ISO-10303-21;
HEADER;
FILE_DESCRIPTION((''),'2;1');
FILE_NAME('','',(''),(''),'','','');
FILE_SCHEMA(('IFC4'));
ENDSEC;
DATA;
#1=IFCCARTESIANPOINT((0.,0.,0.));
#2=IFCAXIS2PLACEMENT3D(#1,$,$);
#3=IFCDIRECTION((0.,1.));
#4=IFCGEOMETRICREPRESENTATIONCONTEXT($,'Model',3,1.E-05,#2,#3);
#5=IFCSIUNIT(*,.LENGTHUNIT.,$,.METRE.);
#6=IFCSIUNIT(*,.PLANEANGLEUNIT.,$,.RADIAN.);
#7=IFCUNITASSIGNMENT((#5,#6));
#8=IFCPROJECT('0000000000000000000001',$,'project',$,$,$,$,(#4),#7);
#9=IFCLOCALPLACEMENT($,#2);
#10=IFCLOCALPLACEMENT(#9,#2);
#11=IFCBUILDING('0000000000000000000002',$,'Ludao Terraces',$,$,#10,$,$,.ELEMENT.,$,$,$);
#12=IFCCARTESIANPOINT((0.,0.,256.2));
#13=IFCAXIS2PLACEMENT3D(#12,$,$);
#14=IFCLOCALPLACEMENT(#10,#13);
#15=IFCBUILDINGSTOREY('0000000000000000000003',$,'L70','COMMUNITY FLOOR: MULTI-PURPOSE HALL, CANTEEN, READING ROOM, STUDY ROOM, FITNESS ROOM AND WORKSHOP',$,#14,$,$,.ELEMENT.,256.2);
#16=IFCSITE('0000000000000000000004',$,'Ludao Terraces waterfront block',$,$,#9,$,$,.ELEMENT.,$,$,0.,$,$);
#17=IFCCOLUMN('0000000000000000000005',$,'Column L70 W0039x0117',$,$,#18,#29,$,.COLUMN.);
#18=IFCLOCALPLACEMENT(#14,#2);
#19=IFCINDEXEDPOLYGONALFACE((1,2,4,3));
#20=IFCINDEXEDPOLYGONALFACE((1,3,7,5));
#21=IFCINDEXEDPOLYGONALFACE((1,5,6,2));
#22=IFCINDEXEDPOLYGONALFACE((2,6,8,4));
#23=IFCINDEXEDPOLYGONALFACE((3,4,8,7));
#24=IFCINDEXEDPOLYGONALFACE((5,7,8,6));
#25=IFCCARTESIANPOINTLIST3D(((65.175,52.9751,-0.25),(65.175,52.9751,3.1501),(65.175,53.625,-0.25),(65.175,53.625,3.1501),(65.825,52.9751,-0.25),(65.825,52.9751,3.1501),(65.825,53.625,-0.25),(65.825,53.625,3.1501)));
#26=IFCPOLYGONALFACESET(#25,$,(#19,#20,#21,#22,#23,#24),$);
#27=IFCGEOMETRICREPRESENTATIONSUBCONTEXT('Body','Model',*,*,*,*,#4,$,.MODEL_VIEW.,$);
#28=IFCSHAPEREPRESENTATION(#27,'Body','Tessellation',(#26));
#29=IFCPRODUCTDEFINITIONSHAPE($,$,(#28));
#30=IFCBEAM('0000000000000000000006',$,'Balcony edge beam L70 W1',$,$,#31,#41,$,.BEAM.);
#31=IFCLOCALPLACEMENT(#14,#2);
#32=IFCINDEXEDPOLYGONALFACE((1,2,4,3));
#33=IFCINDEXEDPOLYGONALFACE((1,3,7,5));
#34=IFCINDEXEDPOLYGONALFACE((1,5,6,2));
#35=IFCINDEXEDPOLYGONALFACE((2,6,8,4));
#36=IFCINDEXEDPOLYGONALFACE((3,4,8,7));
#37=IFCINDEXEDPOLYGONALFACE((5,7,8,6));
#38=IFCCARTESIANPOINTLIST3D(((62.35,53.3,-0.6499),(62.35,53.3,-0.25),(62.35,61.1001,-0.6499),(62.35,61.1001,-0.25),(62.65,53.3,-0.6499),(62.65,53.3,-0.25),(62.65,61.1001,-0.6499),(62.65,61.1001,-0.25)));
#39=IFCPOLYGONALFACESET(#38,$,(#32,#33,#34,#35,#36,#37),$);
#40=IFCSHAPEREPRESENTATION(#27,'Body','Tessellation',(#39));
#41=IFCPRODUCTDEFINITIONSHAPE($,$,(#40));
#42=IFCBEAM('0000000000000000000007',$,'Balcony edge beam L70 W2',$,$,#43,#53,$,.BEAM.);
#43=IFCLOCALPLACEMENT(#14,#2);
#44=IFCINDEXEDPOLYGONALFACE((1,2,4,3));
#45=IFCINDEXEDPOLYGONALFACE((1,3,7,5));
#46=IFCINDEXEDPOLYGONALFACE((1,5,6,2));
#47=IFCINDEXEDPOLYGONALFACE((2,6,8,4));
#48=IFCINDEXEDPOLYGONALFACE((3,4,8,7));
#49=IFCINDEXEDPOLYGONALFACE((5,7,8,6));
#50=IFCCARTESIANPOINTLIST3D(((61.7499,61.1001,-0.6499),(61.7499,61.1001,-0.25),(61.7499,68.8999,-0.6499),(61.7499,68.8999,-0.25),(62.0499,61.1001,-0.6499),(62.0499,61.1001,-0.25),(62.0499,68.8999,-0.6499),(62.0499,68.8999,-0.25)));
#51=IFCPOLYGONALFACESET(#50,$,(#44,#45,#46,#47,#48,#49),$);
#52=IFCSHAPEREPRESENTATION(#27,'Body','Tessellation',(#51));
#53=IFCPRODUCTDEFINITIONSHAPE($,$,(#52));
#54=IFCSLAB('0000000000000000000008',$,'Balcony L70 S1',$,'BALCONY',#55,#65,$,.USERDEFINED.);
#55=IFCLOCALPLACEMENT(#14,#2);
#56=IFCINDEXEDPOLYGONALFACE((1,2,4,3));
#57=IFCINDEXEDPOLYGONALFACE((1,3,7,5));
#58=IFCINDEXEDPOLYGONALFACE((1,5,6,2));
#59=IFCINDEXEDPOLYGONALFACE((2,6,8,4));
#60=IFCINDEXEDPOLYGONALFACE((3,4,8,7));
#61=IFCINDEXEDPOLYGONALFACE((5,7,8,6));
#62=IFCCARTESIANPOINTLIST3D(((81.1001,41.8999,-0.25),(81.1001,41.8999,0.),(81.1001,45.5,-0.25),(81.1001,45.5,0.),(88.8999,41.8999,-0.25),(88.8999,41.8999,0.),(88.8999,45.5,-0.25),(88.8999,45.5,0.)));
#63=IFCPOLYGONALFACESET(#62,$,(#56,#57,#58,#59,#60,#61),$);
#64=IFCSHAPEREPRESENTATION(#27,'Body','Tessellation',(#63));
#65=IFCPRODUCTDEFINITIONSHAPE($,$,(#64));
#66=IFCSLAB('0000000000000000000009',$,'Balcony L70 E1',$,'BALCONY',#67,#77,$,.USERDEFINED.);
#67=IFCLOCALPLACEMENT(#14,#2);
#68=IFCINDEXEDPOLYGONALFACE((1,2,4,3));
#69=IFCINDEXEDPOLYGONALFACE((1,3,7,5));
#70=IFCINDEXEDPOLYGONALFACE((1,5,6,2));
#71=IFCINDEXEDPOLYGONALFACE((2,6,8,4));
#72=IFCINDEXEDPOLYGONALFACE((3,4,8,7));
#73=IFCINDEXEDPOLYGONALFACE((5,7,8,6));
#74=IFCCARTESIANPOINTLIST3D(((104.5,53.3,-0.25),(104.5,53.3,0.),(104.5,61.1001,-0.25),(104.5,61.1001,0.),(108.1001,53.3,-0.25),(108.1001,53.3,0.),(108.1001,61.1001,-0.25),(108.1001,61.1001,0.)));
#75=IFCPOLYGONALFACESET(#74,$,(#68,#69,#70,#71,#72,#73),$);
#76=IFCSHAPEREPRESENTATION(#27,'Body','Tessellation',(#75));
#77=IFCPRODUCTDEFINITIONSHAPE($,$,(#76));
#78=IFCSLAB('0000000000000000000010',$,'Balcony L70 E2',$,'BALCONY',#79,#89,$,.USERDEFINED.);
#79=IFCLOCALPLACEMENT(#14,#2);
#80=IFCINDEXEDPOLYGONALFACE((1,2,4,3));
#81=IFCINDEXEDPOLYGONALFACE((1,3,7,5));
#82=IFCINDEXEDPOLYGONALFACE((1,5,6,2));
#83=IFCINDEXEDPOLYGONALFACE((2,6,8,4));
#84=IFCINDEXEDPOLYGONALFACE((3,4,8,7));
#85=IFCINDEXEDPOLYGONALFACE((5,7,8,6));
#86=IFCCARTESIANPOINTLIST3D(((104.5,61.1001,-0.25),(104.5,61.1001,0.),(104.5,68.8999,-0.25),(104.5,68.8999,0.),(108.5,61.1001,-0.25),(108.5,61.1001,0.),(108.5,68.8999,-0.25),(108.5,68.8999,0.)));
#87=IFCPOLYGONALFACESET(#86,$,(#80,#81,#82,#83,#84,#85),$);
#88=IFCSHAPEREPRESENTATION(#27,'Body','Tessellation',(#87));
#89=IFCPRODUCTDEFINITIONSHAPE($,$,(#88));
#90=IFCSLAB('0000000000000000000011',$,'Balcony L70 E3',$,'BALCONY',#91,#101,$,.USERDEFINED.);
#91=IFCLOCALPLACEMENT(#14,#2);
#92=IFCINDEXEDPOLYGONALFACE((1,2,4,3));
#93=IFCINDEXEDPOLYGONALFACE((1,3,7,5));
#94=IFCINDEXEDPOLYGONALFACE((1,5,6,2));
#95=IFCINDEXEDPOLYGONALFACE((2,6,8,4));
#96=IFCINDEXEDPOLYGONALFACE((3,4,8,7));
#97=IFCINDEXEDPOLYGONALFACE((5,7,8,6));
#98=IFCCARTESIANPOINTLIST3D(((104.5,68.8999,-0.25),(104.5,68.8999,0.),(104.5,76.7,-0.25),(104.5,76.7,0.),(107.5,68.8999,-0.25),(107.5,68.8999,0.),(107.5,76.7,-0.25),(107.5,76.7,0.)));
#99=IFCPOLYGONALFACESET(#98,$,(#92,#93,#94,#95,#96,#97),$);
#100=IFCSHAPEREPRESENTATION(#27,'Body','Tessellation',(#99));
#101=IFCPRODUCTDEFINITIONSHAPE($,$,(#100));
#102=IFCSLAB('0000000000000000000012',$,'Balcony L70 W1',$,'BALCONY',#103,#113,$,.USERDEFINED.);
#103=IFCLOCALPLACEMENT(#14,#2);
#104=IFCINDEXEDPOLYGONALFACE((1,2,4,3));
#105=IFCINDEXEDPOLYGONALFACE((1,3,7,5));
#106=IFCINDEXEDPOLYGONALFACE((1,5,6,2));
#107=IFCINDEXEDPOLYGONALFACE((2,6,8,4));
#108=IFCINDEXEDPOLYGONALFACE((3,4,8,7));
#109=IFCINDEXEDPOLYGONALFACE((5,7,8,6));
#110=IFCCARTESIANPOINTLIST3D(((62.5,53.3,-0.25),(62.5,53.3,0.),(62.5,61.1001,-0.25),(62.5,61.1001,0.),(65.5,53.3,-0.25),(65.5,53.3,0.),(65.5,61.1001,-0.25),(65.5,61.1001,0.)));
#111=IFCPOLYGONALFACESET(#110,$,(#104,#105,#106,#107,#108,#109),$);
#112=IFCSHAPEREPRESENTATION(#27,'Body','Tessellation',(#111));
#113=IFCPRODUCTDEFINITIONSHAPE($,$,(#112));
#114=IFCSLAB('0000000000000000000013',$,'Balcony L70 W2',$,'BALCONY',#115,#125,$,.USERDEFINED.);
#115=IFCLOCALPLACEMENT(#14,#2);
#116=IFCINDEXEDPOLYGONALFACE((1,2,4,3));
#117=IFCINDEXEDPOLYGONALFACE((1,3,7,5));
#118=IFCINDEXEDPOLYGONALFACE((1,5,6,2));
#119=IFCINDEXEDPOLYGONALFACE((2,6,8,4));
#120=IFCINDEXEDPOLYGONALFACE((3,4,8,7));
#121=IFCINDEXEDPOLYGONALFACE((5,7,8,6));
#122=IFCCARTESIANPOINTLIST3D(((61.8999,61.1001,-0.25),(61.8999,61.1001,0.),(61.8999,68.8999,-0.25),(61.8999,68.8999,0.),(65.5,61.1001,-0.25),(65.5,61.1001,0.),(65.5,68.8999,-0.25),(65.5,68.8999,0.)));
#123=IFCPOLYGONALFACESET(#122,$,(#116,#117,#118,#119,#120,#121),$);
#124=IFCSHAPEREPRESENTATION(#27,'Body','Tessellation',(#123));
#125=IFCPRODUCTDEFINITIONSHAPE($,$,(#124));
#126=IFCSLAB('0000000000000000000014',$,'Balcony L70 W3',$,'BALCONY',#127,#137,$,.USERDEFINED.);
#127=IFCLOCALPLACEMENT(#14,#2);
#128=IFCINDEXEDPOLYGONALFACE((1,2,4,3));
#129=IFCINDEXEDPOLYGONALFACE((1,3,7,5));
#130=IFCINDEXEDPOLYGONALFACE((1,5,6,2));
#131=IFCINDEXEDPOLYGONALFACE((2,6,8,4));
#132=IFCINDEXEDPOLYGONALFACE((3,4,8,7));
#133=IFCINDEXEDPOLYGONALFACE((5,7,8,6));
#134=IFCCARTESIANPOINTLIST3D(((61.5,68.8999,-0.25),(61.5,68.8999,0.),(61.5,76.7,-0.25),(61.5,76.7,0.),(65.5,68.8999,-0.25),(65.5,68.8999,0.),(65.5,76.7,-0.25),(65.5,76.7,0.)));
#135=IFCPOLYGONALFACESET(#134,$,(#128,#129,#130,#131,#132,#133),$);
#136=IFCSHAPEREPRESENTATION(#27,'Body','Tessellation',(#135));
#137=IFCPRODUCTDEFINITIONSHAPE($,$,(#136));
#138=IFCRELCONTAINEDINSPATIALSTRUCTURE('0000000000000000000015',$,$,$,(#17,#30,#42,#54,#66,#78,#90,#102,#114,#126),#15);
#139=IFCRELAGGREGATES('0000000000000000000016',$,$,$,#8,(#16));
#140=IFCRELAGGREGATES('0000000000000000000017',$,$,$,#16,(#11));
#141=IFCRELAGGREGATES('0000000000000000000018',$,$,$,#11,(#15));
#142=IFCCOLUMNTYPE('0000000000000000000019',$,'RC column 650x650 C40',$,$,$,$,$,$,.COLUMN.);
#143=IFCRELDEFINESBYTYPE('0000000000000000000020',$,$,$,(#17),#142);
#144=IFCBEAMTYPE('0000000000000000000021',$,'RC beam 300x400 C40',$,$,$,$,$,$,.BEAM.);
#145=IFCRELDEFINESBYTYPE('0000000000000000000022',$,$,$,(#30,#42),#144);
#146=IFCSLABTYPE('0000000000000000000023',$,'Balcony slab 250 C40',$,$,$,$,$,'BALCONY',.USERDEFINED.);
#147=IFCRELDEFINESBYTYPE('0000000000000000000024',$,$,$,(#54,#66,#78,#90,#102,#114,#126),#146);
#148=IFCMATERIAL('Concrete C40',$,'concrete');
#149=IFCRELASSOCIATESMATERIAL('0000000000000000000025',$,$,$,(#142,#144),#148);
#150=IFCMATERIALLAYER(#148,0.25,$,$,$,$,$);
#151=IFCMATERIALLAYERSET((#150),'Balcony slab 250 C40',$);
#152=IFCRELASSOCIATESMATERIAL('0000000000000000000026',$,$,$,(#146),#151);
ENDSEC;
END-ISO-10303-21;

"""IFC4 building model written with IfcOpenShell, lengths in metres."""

from ifc_helpers import new_model, si_unit, direction, frame, origin, origin_2d, place, context, subcontext, project, spatial, polyline, rectangle, outline, extrude, material, layer, layer_set, material_profile, profile_set, type_object, element, save


model = new_model("IFC4")

# Units and contexts
model_context = context("Model", 3, precision=1e-05, world=origin(), true_north=direction((0.0, 1.0)))
body_context = subcontext(model_context, "Body", "Model", "MODEL_VIEW")
ifc_project = project(units=[si_unit("LENGTHUNIT", "METRE"), si_unit("PLANEANGLEUNIT", "RADIAN")], contexts=[model_context])

# Site, building, storey
site_placement = place(None, origin())
site = spatial("IfcSite", under=ifc_project, at=site_placement, Name="Ludao Terraces waterfront block", CompositionType="ELEMENT", RefElevation=0.0)
building_placement = place(site_placement, origin())
building = spatial("IfcBuilding", under=site, at=building_placement, Name="Ludao Terraces", CompositionType="ELEMENT")
storey_placement = place(building_placement, frame((0.0, 0.0, 256.2)))
storey = spatial("IfcBuildingStorey", under=building, at=storey_placement, Name="L70", Description="COMMUNITY FLOOR: MULTI-PURPOSE HALL, CANTEEN, READING ROOM, STUDY ROOM, FITNESS ROOM AND WORKSHOP", CompositionType="ELEMENT", Elevation=256.2)

# Column
ifc_material_1 = material(Name="Concrete C40", Category="concrete")
ifc_material_profile_1 = material_profile(ifc_material_1, rectangle(XDim=0.6499, YDim=0.6499, at=origin_2d()), Name="650 X 650")
ifc_profile_set_1 = profile_set([ifc_material_profile_1], Name="Concrete C40")
column_type = type_object("IfcColumnType", Name="RC column 650x650 C40", PredefinedType="COLUMN", material=ifc_profile_set_1)
column_placement = place(storey_placement, frame((65.5, 53.3, -0.25), z_axis=(0.0, 0.0, 1.0), x_axis=(1.0, 0.0, 0.0)))
element("IfcColumn", 1, at=column_placement, inside=storey, type_object=column_type, Name="Column L70 W0039x0117", PredefinedType="COLUMN", context=body_context, shape_type="SweptSolid", body=[
    extrude(rectangle(XDim=0.6499, YDim=0.6499, at=origin_2d()), origin(), (0.0, 0.0, 1.0), 3.4001),
])

# Beams
ifc_material_profile_2 = material_profile(ifc_material_1, rectangle(XDim=0.3, YDim=0.3999, at=origin_2d()), Name="300 X 400")
ifc_profile_set_2 = profile_set([ifc_material_profile_2], Name="Concrete C40")
beam_type = type_object("IfcBeamType", Name="RC beam 300x400 C40", PredefinedType="BEAM", material=ifc_profile_set_2)
beam_1_placement = place(storey_placement, frame((62.5, 53.3, -0.45), z_axis=(0.0, 1.0, 0.0), x_axis=(-1.0, 0.0, 0.0)))
element("IfcBeam", 2, at=beam_1_placement, inside=storey, type_object=beam_type, Name="Balcony edge beam L70 W1", PredefinedType="BEAM", context=body_context, shape_type="SweptSolid", body=[
    extrude(rectangle(XDim=0.3, YDim=0.3999, at=origin_2d()), origin(), (0.0, 0.0, 1.0), 7.8),
])
beam_2_placement = place(storey_placement, frame((61.8999, 61.1001, -0.45), z_axis=(0.0, 1.0, 0.0), x_axis=(-1.0, 0.0, 0.0)))
element("IfcBeam", 3, at=beam_2_placement, inside=storey, type_object=beam_type, Name="Balcony edge beam L70 W2", PredefinedType="BEAM", context=body_context, shape_type="SweptSolid", body=[
    extrude(rectangle(XDim=0.3, YDim=0.3999, at=origin_2d()), origin(), (0.0, 0.0, 1.0), 7.7998),
])

# Slabs
ifc_layer_1 = layer(ifc_material_1, 0.25)
ifc_layer_set_1 = layer_set([ifc_layer_1], Name="Balcony slab 250 C40")
slab_type_1 = type_object("IfcSlabType", Name="Balcony slab 250 C40", ElementType="BALCONY", PredefinedType="USERDEFINED", material=ifc_layer_set_1)
slab_1_placement = place(storey_placement, frame((0.0, 0.0, -0.25)))
element("IfcSlab", 4, at=slab_1_placement, inside=storey, type_object=slab_type_1, Name="Balcony L70 S1", ObjectType="BALCONY", PredefinedType="USERDEFINED", context=body_context, shape_type="SweptSolid", body=[
    extrude(outline(polyline([(81.1001, 41.8999), (88.8999, 41.8999), (88.8999, 45.5), (81.1001, 45.5), (81.1001, 41.8999)])), origin(), (0.0, 0.0, 1.0), 0.25),
])
slab_2_placement = place(storey_placement, frame((0.0, 0.0, -0.25)))
element("IfcSlab", 5, at=slab_2_placement, inside=storey, type_object=slab_type_1, Name="Balcony L70 E1", ObjectType="BALCONY", PredefinedType="USERDEFINED", context=body_context, shape_type="SweptSolid", body=[
    extrude(outline(polyline([(104.5, 53.3), (108.1001, 53.3), (108.1001, 61.1001), (104.5, 61.1001), (104.5, 53.3)])), origin(), (0.0, 0.0, 1.0), 0.25),
])
slab_3_placement = place(storey_placement, frame((0.0, 0.0, -0.25)))
element("IfcSlab", 6, at=slab_3_placement, inside=storey, type_object=slab_type_1, Name="Balcony L70 E2", ObjectType="BALCONY", PredefinedType="USERDEFINED", context=body_context, shape_type="SweptSolid", body=[
    extrude(outline(polyline([(104.5, 61.1001), (108.5, 61.1001), (108.5, 68.8999), (104.5, 68.8999), (104.5, 61.1001)])), origin(), (0.0, 0.0, 1.0), 0.25),
])
slab_4_placement = place(storey_placement, frame((0.0, 0.0, -0.25)))
element("IfcSlab", 7, at=slab_4_placement, inside=storey, type_object=slab_type_1, Name="Balcony L70 E3", ObjectType="BALCONY", PredefinedType="USERDEFINED", context=body_context, shape_type="SweptSolid", body=[
    extrude(outline(polyline([(104.5, 68.8999), (107.5, 68.8999), (107.5, 76.7), (104.5, 76.7), (104.5, 68.8999)])), origin(), (0.0, 0.0, 1.0), 0.25),
])
slab_5_placement = place(storey_placement, frame((0.0, 0.0, -0.25)))
element("IfcSlab", 8, at=slab_5_placement, inside=storey, type_object=slab_type_1, Name="Balcony L70 W1", ObjectType="BALCONY", PredefinedType="USERDEFINED", context=body_context, shape_type="SweptSolid", body=[
    extrude(outline(polyline([(62.5, 53.3), (65.5, 53.3), (65.5, 61.1001), (62.5, 61.1001), (62.5, 53.3)])), origin(), (0.0, 0.0, 1.0), 0.25),
])
slab_6_placement = place(storey_placement, frame((0.0, 0.0, -0.25)))
element("IfcSlab", 9, at=slab_6_placement, inside=storey, type_object=slab_type_1, Name="Balcony L70 W2", ObjectType="BALCONY", PredefinedType="USERDEFINED", context=body_context, shape_type="SweptSolid", body=[
    extrude(outline(polyline([(61.8999, 61.1001), (65.5, 61.1001), (65.5, 68.8999), (61.8999, 68.8999), (61.8999, 61.1001)])), origin(), (0.0, 0.0, 1.0), 0.25),
])
slab_7_placement = place(storey_placement, frame((0.0, 0.0, -0.25)))
element("IfcSlab", 10, at=slab_7_placement, inside=storey, type_object=slab_type_1, Name="Balcony L70 W3", ObjectType="BALCONY", PredefinedType="USERDEFINED", context=body_context, shape_type="SweptSolid", body=[
    extrude(outline(polyline([(61.5, 68.8999), (65.5, 68.8999), (65.5, 76.7), (61.5, 76.7), (61.5, 68.8999)])), origin(), (0.0, 0.0, 1.0), 0.25),
])

save(model, "model.ifc")
